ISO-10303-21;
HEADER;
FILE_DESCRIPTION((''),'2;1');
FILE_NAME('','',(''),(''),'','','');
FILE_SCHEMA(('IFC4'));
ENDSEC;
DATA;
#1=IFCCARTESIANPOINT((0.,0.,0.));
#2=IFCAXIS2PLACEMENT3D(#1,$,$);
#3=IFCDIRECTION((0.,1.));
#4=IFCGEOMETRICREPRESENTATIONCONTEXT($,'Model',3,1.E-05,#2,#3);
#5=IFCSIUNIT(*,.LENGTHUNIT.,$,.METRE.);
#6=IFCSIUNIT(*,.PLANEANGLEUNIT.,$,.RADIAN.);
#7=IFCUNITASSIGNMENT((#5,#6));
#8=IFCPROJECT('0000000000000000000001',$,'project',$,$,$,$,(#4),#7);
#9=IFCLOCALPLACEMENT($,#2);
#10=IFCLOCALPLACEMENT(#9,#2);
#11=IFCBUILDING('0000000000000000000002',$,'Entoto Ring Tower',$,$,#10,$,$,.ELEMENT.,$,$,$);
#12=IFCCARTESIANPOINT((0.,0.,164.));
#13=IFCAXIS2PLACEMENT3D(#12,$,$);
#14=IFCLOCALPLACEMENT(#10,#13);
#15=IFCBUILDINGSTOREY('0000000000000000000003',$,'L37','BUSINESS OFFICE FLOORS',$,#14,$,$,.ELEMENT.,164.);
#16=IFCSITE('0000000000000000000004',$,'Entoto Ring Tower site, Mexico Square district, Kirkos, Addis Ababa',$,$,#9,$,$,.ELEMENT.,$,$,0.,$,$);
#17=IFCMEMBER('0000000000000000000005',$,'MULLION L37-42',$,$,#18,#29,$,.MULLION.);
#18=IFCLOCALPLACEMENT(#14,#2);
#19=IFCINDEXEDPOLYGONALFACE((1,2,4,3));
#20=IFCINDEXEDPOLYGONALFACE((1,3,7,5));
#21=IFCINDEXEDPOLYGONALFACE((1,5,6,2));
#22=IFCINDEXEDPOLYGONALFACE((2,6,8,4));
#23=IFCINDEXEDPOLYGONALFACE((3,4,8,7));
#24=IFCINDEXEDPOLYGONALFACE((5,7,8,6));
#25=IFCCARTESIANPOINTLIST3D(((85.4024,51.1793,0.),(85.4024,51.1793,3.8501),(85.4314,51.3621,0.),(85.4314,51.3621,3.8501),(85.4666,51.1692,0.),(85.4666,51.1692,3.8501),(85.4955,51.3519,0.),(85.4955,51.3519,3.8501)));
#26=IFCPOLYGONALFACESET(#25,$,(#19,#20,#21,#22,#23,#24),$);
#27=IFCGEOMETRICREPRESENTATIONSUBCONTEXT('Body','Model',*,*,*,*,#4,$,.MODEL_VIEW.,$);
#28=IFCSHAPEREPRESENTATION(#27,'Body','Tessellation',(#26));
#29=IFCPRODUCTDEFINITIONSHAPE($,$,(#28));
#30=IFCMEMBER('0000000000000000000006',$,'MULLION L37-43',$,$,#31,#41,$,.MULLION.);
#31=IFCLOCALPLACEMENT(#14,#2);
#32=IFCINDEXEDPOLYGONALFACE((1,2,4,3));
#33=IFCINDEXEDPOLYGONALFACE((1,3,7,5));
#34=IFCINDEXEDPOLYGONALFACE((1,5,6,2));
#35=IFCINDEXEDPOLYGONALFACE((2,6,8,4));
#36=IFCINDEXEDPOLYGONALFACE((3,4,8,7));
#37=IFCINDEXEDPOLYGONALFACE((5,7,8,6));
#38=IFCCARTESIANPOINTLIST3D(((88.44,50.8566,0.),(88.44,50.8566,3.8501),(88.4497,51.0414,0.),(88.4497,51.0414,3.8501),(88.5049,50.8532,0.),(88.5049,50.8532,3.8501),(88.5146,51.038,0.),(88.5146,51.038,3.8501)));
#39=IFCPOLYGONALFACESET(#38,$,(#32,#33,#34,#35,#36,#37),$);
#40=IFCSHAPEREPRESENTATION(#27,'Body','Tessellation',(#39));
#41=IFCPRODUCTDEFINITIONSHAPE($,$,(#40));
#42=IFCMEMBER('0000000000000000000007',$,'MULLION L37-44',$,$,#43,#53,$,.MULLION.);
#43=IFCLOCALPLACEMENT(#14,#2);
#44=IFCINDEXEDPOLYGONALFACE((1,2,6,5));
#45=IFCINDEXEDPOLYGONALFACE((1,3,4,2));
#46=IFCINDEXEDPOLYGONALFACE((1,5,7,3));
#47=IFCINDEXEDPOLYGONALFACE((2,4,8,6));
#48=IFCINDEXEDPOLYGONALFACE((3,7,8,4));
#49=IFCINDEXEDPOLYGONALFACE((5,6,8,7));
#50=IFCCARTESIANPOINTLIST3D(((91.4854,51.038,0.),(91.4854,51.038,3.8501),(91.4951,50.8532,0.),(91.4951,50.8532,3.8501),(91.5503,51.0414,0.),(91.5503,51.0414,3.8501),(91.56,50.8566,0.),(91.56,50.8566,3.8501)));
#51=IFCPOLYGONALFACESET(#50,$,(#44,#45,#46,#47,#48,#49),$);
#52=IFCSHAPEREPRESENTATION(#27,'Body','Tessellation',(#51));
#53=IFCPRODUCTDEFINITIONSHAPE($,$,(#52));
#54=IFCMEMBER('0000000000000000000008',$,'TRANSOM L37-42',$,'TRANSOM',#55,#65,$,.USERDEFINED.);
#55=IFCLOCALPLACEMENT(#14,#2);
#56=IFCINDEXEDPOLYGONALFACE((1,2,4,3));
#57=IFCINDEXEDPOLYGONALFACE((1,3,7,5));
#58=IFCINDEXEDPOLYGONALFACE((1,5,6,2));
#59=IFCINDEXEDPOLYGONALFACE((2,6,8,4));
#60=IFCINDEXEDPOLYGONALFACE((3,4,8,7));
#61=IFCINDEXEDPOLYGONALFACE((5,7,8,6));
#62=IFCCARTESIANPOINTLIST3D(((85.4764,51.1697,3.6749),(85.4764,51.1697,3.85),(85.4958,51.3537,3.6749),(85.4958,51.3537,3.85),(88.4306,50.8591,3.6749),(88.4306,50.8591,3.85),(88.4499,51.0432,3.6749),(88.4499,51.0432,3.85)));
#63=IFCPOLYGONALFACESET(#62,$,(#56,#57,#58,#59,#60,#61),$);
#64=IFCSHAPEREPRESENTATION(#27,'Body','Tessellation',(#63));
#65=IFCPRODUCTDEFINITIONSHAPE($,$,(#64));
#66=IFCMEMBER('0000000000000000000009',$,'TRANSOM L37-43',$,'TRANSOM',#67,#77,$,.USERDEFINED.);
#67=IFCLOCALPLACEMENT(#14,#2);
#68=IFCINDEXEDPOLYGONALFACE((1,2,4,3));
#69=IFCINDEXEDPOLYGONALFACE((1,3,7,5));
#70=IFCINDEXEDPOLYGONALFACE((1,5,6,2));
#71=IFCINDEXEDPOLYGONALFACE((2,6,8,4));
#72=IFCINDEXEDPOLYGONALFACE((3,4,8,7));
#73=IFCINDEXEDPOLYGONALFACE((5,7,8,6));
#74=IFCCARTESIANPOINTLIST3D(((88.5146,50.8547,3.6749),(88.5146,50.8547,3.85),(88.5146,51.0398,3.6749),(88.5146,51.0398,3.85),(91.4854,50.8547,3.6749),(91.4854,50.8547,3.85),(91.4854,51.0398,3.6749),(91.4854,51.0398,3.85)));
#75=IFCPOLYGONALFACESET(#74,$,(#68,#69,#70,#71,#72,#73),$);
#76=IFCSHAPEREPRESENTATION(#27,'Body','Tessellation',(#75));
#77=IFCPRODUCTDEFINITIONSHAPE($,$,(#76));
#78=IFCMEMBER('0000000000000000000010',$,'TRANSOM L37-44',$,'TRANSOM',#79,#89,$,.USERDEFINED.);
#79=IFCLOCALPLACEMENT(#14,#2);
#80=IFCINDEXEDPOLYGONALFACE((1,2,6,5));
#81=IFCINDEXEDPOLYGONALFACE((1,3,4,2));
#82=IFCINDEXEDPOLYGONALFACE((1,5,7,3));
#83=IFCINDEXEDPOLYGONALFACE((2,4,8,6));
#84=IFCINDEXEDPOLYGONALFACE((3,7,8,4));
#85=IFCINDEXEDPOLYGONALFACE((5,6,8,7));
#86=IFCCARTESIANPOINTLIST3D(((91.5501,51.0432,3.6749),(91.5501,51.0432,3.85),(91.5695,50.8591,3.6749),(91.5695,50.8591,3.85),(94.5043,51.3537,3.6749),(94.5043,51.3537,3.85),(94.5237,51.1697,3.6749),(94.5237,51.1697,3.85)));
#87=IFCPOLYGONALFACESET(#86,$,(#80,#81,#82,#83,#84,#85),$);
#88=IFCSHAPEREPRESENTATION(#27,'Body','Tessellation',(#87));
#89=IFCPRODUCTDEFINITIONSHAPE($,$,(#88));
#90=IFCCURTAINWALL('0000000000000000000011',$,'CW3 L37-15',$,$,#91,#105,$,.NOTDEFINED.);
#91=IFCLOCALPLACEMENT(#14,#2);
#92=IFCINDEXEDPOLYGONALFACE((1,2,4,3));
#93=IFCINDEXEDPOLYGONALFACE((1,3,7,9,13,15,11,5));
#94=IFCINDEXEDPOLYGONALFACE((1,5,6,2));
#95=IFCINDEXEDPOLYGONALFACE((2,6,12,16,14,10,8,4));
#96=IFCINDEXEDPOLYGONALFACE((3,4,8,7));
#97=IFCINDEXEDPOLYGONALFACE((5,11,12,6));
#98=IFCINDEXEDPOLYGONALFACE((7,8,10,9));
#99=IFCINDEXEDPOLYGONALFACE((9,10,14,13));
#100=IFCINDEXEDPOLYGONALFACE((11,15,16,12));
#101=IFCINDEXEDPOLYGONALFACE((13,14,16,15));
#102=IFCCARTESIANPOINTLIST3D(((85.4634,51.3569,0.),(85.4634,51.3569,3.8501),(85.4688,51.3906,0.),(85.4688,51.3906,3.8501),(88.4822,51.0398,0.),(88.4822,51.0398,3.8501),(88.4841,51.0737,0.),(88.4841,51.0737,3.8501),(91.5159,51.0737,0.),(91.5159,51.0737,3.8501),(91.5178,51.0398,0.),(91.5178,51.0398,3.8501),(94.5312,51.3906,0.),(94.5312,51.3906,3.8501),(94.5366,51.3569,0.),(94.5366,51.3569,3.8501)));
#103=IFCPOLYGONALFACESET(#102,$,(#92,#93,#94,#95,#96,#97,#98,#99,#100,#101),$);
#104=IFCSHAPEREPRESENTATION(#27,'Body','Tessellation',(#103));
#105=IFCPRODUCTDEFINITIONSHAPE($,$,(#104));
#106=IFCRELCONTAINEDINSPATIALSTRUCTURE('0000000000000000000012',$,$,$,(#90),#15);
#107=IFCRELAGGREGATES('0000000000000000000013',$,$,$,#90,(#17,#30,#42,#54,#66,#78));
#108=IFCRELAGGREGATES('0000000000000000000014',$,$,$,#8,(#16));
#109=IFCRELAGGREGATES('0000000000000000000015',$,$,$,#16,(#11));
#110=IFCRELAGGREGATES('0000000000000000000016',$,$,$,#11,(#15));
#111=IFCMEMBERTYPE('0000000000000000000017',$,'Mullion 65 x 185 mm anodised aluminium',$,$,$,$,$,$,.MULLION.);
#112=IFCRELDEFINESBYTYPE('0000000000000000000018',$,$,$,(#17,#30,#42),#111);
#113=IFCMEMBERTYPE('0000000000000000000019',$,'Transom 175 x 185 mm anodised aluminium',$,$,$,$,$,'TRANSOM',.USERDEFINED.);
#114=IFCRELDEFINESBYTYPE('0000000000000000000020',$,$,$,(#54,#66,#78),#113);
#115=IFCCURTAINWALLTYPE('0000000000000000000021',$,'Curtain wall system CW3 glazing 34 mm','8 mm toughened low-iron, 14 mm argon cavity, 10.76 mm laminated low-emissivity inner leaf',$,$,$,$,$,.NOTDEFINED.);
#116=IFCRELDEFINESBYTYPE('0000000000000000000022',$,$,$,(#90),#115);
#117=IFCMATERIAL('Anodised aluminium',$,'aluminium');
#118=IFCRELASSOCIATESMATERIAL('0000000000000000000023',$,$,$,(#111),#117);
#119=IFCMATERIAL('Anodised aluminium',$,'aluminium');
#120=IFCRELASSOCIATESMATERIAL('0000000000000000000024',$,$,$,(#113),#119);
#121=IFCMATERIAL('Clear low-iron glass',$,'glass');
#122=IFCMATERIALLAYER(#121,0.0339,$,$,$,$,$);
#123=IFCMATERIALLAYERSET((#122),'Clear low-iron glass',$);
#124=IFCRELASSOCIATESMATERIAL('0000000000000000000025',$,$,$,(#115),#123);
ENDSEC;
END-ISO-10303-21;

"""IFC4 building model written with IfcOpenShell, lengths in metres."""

from ifc_helpers import new_model, si_unit, direction, frame, origin, origin_2d, place, context, subcontext, project, spatial, polyline, rectangle, outline, extrude, material, layer, layer_set, material_profile, profile_set, type_object, element, aggregate, save


model = new_model("IFC4")

# Units and contexts
model_context = context("Model", 3, precision=1e-05, world=origin(), true_north=direction((0.0, 1.0)))
body_context = subcontext(model_context, "Body", "Model", "MODEL_VIEW")
ifc_project = project(units=[si_unit("LENGTHUNIT", "METRE"), si_unit("PLANEANGLEUNIT", "RADIAN")], contexts=[model_context])

# Members
ifc_material_1 = material(Name="Anodised aluminium", Category="aluminium")
ifc_material_profile_1 = material_profile(ifc_material_1, rectangle(XDim=0.0649, YDim=0.1851, at=origin_2d()), Name="Mullion 65 x 185 mm anodised aluminium")
ifc_profile_set_1 = profile_set([ifc_material_profile_1], Name="Anodised aluminium")
member_type_1 = type_object("IfcMemberType", Name="Mullion 65 x 185 mm anodised aluminium", PredefinedType="MULLION", material=ifc_profile_set_1)
site_placement = place(None, origin())
building_placement = place(site_placement, origin())
storey_placement = place(building_placement, frame((0.0, 0.0, 164.0)))
member_1_placement = place(storey_placement, frame((85.449, 51.2656, 0.0), z_axis=(0.0, 0.0, 1.0), x_axis=(0.987688, -0.156434, 0.0)))
member_1 = element("IfcMember", 1, at=member_1_placement, type_object=member_type_1, Name="MULLION L37-42", PredefinedType="MULLION", context=body_context, shape_type="SweptSolid", body=[
    extrude(rectangle(XDim=0.0649, YDim=0.1851, at=origin_2d()), origin(), (0.0, 0.0, 1.0), 3.8501),
])
member_2_placement = place(storey_placement, frame((88.4773, 50.9473, 0.0), z_axis=(0.0, 0.0, 1.0), x_axis=(0.99863, -0.052336, 0.0)))
member_2 = element("IfcMember", 2, at=member_2_placement, type_object=member_type_1, Name="MULLION L37-43", PredefinedType="MULLION", context=body_context, shape_type="SweptSolid", body=[
    extrude(rectangle(XDim=0.0649, YDim=0.1851, at=origin_2d()), origin(), (0.0, 0.0, 1.0), 3.8501),
])
member_3_placement = place(storey_placement, frame((91.5227, 50.9473, 0.0), z_axis=(0.0, 0.0, 1.0), x_axis=(0.99863, 0.052336, 0.0)))
member_3 = element("IfcMember", 3, at=member_3_placement, type_object=member_type_1, Name="MULLION L37-44", PredefinedType="MULLION", context=body_context, shape_type="SweptSolid", body=[
    extrude(rectangle(XDim=0.0649, YDim=0.1851, at=origin_2d()), origin(), (0.0, 0.0, 1.0), 3.8501),
])
ifc_material_2 = material(Name="Anodised aluminium", Category="aluminium")
ifc_material_profile_2 = material_profile(ifc_material_2, rectangle(XDim=0.1851, YDim=0.175, at=origin_2d()), Name="Transom 175 x 185 mm anodised aluminium")
ifc_profile_set_2 = profile_set([ifc_material_profile_2], Name="Anodised aluminium")
member_type_2 = type_object("IfcMemberType", Name="Transom 175 x 185 mm anodised aluminium", ElementType="TRANSOM", PredefinedType="USERDEFINED", material=ifc_profile_set_2)
member_4_placement = place(storey_placement, frame((85.4861, 51.2617, 3.7625), z_axis=(0.99452, -0.104548, 0.0), x_axis=(0.104548, 0.99452, 0.0)))
member_4 = element("IfcMember", 4, at=member_4_placement, type_object=member_type_2, Name="TRANSOM L37-42", ObjectType="TRANSOM", PredefinedType="USERDEFINED", context=body_context, shape_type="SweptSolid", body=[
    extrude(rectangle(XDim=0.1851, YDim=0.175, at=origin_2d()), origin(), (0.0, 0.0, 1.0), 2.9705),
])
member_5_placement = place(storey_placement, frame((88.5146, 50.9473, 3.7625), z_axis=(1.0, 0.0, 0.0), x_axis=(0.0, 1.0, 0.0)))
member_5 = element("IfcMember", 5, at=member_5_placement, type_object=member_type_2, Name="TRANSOM L37-43", ObjectType="TRANSOM", PredefinedType="USERDEFINED", context=body_context, shape_type="SweptSolid", body=[
    extrude(rectangle(XDim=0.1851, YDim=0.175, at=origin_2d()), origin(), (0.0, 0.0, 1.0), 2.9707),
])
member_6_placement = place(storey_placement, frame((91.5598, 50.9512, 3.7625), z_axis=(0.99452, 0.104548, 0.0), x_axis=(-0.104548, 0.99452, 0.0)))
member_6 = element("IfcMember", 6, at=member_6_placement, type_object=member_type_2, Name="TRANSOM L37-44", ObjectType="TRANSOM", PredefinedType="USERDEFINED", context=body_context, shape_type="SweptSolid", body=[
    extrude(rectangle(XDim=0.1851, YDim=0.175, at=origin_2d()), origin(), (0.0, 0.0, 1.0), 2.9705),
])

# Site, building, storey
site = spatial("IfcSite", under=ifc_project, at=site_placement, Name="Entoto Ring Tower site, Mexico Square district, Kirkos, Addis Ababa", CompositionType="ELEMENT", RefElevation=0.0)
building = spatial("IfcBuilding", under=site, at=building_placement, Name="Entoto Ring Tower", CompositionType="ELEMENT")
storey = spatial("IfcBuildingStorey", under=building, at=storey_placement, Name="L37", Description="BUSINESS OFFICE FLOORS", CompositionType="ELEMENT", Elevation=164.0)

# Curtain wall
ifc_material_3 = material(Name="Clear low-iron glass", Category="glass")
ifc_layer_1 = layer(ifc_material_3, 0.0339)
ifc_layer_set_1 = layer_set([ifc_layer_1], Name="Clear low-iron glass")
curtain_wall_type = type_object("IfcCurtainWallType", Name="Curtain wall system CW3 glazing 34 mm", Description="8 mm toughened low-iron, 14 mm argon cavity, 10.76 mm laminated low-emissivity inner leaf", PredefinedType="NOTDEFINED", material=ifc_layer_set_1)
curtain_wall_1_placement = place(storey_placement, origin())
curtain_wall_1 = element("IfcCurtainWall", 7, at=curtain_wall_1_placement, inside=storey, type_object=curtain_wall_type, Name="CW3 L37-15", PredefinedType="NOTDEFINED", context=body_context, shape_type="SweptSolid", body=[
    extrude(outline(polyline([(85.4634, 51.3569), (88.4822, 51.0398), (91.5178, 51.0398), (94.5366, 51.3569), (94.5312, 51.3906), (91.5159, 51.0737), (88.4841, 51.0737), (85.4688, 51.3906), (85.4634, 51.3569)])), origin(), (0.0, 0.0, 1.0), 3.8501),
])
aggregate(curtain_wall_1, [member_1, member_2, member_3, member_4, member_5, member_6])

save(model, "model.ifc")
